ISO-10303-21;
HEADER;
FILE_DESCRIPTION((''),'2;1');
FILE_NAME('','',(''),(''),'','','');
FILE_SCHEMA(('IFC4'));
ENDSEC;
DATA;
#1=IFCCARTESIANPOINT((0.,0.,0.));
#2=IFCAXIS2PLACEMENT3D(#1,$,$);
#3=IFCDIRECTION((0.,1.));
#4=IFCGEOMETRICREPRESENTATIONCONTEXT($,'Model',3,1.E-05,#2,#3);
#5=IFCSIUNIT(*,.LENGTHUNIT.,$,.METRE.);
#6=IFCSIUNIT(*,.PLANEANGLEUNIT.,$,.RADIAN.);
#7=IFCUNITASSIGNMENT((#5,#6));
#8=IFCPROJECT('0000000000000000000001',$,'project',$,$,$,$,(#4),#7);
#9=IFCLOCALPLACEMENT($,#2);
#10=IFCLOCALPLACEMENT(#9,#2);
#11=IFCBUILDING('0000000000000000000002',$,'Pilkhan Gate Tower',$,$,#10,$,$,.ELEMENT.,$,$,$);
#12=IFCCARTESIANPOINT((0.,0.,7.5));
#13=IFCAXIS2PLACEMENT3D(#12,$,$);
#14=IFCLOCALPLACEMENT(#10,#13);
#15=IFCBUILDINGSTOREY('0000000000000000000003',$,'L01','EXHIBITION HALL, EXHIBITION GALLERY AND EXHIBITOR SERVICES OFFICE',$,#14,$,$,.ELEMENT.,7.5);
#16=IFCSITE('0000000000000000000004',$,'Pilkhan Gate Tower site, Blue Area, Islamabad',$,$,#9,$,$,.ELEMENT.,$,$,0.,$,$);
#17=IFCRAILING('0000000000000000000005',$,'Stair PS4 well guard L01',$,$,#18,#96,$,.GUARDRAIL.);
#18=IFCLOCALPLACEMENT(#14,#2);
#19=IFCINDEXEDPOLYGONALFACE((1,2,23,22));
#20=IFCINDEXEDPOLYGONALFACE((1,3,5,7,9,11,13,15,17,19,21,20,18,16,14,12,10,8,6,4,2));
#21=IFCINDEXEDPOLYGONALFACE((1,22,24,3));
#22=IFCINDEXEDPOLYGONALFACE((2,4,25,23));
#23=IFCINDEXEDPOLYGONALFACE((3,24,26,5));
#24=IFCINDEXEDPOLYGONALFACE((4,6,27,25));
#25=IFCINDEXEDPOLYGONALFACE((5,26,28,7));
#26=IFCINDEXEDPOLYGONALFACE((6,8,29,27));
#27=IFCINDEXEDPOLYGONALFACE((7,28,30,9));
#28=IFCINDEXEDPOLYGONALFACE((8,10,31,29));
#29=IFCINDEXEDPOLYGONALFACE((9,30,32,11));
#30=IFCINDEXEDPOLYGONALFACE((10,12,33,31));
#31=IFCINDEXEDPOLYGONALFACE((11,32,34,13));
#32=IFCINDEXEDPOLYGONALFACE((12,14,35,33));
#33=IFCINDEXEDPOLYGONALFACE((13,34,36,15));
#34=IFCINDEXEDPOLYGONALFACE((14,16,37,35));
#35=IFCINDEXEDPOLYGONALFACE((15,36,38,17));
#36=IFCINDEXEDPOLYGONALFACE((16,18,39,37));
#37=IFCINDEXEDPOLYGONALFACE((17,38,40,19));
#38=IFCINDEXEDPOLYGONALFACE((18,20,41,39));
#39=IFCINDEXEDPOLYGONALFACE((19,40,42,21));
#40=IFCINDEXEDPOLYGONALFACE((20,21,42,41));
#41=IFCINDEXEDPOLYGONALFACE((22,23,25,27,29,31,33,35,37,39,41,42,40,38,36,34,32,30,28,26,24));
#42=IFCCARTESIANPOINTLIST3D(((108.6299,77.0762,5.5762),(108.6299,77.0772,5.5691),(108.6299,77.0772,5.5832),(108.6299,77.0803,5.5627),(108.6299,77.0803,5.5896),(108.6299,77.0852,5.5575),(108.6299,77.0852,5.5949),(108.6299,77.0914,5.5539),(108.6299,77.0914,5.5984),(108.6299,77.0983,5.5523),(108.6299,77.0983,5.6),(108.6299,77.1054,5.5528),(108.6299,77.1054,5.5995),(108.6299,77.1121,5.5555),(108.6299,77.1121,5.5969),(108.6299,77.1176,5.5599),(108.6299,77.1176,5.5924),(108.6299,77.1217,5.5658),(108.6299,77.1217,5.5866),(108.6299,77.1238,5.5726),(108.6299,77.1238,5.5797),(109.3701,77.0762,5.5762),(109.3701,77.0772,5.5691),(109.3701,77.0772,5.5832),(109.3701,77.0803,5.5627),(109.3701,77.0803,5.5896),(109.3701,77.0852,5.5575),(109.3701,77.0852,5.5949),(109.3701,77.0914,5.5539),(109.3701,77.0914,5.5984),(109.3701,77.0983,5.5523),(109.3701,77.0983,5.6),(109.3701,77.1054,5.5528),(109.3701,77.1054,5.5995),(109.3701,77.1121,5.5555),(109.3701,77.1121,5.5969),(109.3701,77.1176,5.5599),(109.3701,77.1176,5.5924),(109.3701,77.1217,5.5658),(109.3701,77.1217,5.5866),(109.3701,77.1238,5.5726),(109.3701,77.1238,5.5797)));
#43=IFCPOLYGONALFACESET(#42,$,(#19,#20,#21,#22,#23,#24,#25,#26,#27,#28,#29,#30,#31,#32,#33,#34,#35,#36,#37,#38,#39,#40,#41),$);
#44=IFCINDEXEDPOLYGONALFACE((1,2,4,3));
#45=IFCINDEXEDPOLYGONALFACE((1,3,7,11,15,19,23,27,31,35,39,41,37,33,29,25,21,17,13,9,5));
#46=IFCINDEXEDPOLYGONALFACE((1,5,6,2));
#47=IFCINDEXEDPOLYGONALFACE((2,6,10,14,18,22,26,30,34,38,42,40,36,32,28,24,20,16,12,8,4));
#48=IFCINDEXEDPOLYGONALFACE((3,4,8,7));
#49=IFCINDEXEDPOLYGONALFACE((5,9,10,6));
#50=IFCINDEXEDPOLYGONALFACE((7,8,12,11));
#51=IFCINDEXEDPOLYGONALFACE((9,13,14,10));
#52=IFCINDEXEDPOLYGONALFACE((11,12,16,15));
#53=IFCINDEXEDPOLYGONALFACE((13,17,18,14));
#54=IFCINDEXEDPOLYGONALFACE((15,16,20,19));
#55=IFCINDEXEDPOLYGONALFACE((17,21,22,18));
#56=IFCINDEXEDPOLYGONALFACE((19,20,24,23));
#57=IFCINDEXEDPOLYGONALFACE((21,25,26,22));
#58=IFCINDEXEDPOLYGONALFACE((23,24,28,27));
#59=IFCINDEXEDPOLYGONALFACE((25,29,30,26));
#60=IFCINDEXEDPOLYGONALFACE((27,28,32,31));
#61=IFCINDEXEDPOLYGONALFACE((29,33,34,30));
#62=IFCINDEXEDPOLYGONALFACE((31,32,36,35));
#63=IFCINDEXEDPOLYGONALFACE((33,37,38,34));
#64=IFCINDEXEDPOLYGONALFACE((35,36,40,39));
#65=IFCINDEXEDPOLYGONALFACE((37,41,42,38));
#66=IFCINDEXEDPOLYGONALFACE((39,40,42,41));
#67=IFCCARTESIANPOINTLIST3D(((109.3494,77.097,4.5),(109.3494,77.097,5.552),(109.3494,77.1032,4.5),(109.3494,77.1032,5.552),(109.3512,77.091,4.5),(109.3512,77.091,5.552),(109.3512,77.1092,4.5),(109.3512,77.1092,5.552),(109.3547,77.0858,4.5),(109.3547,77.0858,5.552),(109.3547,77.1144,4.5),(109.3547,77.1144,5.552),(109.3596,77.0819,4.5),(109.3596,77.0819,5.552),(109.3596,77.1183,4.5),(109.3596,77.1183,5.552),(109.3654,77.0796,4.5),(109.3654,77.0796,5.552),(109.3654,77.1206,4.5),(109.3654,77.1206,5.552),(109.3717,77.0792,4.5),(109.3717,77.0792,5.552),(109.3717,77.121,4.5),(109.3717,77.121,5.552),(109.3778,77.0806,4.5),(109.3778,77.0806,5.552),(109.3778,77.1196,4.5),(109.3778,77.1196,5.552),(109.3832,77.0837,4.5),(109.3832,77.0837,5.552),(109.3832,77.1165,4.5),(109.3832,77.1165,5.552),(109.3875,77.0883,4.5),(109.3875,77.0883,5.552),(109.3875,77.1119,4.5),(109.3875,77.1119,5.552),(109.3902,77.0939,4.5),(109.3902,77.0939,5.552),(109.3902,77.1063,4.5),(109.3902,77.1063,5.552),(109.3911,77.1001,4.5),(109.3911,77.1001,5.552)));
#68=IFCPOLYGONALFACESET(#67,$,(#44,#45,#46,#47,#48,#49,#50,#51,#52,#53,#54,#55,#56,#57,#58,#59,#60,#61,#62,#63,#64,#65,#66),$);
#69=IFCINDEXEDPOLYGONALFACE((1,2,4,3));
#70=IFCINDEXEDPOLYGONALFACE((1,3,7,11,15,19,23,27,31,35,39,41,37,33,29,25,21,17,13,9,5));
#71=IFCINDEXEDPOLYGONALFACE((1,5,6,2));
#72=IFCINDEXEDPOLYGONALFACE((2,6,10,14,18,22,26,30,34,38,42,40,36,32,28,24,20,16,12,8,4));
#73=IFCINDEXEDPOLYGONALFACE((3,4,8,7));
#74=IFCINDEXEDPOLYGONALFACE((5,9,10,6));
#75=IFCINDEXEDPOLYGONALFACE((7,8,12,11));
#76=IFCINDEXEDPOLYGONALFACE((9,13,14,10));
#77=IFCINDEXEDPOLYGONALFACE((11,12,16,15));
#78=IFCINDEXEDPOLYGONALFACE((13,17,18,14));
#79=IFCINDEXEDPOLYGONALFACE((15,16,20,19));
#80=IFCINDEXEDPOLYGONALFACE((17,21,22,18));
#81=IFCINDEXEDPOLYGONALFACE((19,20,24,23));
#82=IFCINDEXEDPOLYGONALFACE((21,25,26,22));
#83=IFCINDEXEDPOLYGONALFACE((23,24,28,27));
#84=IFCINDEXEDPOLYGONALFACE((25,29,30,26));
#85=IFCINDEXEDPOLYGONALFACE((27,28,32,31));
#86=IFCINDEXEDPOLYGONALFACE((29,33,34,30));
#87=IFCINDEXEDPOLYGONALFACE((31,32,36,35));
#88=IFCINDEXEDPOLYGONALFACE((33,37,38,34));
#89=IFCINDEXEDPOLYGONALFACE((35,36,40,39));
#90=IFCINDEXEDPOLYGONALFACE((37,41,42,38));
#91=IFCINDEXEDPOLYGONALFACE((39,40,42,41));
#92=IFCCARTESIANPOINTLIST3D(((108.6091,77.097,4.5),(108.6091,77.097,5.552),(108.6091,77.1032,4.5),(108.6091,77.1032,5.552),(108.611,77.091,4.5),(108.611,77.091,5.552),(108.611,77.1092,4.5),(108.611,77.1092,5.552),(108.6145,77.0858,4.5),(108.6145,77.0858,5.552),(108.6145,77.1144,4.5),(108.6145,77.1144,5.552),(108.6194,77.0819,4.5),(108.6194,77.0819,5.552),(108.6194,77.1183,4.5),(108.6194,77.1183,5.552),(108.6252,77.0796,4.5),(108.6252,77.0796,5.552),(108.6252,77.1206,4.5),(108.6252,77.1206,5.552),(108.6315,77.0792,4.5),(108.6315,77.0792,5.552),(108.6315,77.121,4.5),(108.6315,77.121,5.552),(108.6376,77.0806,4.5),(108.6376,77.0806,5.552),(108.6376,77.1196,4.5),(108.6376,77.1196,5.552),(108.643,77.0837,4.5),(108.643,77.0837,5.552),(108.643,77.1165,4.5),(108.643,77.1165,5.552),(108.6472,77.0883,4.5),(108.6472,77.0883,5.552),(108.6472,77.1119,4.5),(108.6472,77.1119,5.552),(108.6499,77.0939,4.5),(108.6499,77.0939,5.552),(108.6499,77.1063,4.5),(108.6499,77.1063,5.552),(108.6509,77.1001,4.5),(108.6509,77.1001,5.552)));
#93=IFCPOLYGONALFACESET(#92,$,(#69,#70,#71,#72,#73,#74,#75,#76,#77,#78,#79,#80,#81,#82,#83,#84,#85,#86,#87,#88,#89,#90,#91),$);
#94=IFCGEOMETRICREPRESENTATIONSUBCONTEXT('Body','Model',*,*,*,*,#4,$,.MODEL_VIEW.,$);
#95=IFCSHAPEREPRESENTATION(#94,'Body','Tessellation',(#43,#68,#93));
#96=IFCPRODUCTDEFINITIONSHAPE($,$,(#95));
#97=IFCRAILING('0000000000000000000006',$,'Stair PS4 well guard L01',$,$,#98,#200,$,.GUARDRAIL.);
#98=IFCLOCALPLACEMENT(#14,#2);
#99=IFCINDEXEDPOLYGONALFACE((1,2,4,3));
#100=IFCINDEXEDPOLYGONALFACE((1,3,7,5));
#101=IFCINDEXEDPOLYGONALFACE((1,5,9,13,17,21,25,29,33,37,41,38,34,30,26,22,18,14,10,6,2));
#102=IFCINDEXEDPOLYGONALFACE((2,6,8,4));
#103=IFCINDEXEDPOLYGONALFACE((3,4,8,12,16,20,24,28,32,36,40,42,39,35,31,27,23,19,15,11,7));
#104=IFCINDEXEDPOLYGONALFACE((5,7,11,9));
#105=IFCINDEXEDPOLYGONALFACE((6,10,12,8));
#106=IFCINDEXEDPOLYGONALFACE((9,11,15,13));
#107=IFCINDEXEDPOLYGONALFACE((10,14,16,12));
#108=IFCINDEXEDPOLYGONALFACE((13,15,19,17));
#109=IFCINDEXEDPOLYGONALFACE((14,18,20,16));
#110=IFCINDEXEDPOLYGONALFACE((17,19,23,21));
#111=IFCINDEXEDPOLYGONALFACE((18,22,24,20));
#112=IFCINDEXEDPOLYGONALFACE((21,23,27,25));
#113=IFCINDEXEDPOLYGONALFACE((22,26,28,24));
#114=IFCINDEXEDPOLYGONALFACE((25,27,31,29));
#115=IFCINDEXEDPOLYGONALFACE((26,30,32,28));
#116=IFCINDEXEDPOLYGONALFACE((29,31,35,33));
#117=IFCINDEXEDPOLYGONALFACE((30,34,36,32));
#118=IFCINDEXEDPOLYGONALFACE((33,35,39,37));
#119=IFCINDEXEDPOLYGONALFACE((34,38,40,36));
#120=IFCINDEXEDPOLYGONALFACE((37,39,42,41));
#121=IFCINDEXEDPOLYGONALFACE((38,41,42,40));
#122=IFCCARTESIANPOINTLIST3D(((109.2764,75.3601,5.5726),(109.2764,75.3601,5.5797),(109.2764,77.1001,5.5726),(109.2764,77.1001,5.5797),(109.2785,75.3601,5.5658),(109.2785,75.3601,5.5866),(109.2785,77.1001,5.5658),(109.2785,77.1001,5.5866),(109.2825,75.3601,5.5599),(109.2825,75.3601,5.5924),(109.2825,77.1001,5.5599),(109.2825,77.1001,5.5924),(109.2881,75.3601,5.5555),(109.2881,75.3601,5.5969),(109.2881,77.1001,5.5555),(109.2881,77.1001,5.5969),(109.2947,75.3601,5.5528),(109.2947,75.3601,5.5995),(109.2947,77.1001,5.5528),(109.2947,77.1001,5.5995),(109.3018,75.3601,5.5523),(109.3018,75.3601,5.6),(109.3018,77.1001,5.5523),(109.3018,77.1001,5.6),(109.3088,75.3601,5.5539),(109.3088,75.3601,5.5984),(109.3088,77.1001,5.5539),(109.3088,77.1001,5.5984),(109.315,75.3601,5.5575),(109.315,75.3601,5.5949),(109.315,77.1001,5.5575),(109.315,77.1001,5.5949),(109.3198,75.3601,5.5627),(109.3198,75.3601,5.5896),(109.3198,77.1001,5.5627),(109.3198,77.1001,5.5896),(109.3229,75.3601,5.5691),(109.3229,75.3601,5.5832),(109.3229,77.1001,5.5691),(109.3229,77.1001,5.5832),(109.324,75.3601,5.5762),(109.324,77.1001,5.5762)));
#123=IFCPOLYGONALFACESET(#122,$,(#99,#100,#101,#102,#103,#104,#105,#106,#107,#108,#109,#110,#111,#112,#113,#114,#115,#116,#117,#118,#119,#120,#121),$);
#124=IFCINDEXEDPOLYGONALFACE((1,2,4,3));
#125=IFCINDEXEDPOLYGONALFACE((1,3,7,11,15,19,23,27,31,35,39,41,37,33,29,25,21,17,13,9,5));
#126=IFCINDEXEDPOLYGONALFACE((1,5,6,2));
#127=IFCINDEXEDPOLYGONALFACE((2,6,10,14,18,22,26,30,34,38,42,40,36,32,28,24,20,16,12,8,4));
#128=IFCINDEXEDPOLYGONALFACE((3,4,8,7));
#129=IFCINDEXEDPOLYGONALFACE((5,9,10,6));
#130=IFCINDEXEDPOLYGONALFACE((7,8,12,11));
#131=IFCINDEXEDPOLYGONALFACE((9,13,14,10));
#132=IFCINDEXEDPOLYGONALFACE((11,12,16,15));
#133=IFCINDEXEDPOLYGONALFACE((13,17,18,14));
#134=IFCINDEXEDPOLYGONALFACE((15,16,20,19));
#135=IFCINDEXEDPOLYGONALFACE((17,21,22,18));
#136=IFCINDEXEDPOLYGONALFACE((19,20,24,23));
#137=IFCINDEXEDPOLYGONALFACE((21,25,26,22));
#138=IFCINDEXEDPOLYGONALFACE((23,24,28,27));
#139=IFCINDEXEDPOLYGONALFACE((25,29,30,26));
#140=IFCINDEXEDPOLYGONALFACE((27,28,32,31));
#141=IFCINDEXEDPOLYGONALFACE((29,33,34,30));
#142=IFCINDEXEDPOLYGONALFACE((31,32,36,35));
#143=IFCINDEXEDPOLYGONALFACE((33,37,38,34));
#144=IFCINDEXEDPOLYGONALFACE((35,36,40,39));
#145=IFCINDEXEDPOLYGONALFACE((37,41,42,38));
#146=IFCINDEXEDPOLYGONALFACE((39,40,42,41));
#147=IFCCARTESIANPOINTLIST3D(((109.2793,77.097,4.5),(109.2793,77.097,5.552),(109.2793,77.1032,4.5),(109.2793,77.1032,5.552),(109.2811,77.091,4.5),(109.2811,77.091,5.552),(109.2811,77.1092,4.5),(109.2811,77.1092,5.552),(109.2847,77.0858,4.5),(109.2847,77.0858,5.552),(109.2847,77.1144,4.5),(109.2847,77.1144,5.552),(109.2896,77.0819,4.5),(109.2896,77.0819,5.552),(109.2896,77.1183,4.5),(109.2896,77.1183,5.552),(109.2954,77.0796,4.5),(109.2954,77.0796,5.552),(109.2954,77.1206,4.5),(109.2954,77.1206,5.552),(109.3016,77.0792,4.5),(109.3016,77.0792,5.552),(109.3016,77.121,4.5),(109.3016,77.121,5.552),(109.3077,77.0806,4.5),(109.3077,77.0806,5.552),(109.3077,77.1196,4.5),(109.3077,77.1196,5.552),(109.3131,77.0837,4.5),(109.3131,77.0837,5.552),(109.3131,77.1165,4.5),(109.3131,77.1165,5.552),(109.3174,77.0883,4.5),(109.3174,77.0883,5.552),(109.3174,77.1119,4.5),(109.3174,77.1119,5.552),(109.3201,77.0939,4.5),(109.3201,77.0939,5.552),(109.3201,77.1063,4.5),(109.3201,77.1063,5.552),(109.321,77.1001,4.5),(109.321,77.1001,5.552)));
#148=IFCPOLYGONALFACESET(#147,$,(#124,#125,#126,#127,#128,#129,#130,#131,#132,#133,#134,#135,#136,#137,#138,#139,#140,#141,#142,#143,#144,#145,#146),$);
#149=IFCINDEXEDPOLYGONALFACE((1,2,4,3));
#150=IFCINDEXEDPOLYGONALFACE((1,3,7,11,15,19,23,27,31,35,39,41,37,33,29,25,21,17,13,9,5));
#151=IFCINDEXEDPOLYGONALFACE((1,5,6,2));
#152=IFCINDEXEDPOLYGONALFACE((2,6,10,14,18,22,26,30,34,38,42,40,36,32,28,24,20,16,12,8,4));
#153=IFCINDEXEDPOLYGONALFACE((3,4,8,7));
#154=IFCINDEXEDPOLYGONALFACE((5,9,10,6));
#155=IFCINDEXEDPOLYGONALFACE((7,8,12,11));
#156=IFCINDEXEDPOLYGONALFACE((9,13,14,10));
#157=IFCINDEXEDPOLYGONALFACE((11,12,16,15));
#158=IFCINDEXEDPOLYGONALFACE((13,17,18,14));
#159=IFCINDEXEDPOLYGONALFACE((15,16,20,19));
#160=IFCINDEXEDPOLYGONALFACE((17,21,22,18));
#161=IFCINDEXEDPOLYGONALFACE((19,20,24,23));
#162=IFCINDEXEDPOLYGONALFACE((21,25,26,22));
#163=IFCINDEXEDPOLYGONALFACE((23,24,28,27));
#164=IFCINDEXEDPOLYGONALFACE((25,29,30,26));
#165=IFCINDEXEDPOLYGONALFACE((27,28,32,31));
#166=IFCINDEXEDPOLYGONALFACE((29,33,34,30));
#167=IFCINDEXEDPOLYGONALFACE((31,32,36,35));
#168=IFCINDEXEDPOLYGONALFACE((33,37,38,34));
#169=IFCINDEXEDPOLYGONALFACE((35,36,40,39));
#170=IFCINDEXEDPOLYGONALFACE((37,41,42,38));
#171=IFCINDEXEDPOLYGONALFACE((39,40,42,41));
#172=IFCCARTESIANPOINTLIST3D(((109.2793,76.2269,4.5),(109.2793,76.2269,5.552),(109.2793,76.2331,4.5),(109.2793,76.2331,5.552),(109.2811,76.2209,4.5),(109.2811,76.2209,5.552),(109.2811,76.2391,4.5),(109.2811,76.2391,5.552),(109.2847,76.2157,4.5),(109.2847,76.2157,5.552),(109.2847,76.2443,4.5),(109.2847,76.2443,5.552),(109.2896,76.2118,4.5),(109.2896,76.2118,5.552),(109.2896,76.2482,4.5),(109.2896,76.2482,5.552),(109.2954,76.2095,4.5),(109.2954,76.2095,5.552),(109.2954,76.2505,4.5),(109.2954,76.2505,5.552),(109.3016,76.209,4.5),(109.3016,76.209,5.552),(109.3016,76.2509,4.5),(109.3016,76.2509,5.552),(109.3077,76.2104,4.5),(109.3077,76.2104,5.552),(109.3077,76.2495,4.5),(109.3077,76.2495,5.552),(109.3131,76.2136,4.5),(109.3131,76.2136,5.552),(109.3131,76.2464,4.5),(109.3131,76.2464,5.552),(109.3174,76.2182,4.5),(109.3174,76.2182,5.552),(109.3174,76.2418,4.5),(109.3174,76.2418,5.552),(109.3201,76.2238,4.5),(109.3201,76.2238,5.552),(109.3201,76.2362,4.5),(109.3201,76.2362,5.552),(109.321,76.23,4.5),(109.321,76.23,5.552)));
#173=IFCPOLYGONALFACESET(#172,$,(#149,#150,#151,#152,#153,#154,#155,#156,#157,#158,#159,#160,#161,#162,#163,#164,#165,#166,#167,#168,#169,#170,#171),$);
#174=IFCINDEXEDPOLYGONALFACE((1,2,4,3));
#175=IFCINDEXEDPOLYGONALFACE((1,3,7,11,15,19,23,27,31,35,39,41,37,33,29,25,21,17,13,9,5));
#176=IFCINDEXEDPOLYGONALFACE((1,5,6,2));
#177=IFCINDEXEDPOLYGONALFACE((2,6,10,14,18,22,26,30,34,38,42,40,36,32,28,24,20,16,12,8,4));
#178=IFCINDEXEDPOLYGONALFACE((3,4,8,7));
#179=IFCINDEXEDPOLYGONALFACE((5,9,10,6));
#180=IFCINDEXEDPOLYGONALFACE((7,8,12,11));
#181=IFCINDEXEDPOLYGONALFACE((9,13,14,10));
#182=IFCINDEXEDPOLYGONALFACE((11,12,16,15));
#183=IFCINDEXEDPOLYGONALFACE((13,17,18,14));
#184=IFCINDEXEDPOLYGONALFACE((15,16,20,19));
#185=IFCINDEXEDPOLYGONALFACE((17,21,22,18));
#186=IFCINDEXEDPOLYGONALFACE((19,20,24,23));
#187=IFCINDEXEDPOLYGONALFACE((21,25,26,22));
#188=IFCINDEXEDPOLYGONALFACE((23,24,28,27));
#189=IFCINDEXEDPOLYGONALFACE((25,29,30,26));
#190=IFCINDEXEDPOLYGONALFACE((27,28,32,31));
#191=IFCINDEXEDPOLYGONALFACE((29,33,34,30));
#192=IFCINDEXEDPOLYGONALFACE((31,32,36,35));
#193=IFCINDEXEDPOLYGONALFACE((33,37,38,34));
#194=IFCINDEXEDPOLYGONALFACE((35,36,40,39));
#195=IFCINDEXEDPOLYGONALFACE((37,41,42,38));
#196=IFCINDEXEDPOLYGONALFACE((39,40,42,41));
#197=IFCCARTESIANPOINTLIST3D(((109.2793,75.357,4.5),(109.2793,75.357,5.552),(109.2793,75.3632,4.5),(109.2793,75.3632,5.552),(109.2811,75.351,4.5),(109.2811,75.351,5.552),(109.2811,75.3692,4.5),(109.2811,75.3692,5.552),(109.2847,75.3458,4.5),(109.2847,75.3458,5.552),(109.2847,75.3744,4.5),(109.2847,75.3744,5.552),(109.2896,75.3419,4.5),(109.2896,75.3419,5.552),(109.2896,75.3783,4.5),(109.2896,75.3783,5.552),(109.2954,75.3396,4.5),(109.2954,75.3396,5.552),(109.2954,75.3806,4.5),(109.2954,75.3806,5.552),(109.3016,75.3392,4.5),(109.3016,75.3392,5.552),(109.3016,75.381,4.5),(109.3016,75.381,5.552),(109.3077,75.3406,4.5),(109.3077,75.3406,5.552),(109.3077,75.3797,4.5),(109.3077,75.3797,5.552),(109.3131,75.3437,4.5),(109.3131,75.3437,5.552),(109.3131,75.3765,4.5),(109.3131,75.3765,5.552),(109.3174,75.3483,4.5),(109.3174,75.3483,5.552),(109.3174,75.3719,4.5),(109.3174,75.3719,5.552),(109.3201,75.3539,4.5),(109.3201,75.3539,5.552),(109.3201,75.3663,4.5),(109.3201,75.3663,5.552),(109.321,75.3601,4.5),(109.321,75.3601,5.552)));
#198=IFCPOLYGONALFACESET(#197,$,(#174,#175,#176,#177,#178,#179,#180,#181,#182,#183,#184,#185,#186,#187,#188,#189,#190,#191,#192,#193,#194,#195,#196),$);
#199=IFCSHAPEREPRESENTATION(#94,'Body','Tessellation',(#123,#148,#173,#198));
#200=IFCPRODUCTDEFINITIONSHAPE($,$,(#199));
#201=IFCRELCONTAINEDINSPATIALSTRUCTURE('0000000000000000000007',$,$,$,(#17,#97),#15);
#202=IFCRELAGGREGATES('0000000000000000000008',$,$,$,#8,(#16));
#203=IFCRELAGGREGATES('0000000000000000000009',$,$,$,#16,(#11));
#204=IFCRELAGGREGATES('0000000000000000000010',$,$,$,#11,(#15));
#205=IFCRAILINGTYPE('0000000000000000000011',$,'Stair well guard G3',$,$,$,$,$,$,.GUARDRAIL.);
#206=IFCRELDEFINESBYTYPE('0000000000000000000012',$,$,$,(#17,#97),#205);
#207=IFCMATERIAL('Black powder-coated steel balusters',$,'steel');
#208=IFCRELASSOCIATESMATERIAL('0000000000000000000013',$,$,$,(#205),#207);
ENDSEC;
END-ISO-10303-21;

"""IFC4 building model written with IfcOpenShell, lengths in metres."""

from ifc_helpers import new_model, si_unit, direction, frame, origin, origin_2d, place, context, subcontext, project, spatial, circle, extrude, material, type_object, element, save


model = new_model("IFC4")

# Units and contexts
model_context = context("Model", 3, precision=1e-05, world=origin(), true_north=direction((0.0, 1.0)))
body_context = subcontext(model_context, "Body", "Model", "MODEL_VIEW")
ifc_project = project(units=[si_unit("LENGTHUNIT", "METRE"), si_unit("PLANEANGLEUNIT", "RADIAN")], contexts=[model_context])

# Site, building, storey
site_placement = place(None, origin())
site = spatial("IfcSite", under=ifc_project, at=site_placement, Name="Pilkhan Gate Tower site, Blue Area, Islamabad", CompositionType="ELEMENT", RefElevation=0.0)
building_placement = place(site_placement, origin())
building = spatial("IfcBuilding", under=site, at=building_placement, Name="Pilkhan Gate Tower", CompositionType="ELEMENT")
storey_placement = place(building_placement, frame((0.0, 0.0, 7.5)))
storey = spatial("IfcBuildingStorey", under=building, at=storey_placement, Name="L01", Description="EXHIBITION HALL, EXHIBITION GALLERY AND EXHIBITOR SERVICES OFFICE", CompositionType="ELEMENT", Elevation=7.5)

# Railings
ifc_material_1 = material(Name="Black powder-coated steel balusters", Category="steel")
railing_type_1 = type_object("IfcRailingType", Name="Stair well guard G3", PredefinedType="GUARDRAIL", material=ifc_material_1)
railing_1_placement = place(storey_placement, frame((109.3701, 77.1001, 4.5)))
element("IfcRailing", 1, at=railing_1_placement, inside=storey, type_object=railing_type_1, Name="Stair PS4 well guard L01", PredefinedType="GUARDRAIL", context=body_context, shape_type="SweptSolid", body=[
    extrude(circle(Radius=0.0239, at=origin_2d()), frame((0.0, 0.0, 1.0762), z_axis=(-1.0, 0.0, 0.0), x_axis=(0.0, -1.0, 0.0)), (0.0, 0.0, 1.0), 0.7402),
    extrude(circle(Radius=0.021, at=origin_2d()), origin(), (0.0, 0.0, 1.0), 1.052),
    extrude(circle(Radius=0.021, at=origin_2d()), frame((-0.7402, 0.0, 0.0)), (0.0, 0.0, 1.0), 1.052),
])
railing_2_placement = place(storey_placement, frame((109.3, 77.1001, 4.5)))
element("IfcRailing", 2, at=railing_2_placement, inside=storey, type_object=railing_type_1, Name="Stair PS4 well guard L01", PredefinedType="GUARDRAIL", context=body_context, shape_type="SweptSolid", body=[
    extrude(circle(Radius=0.0239, at=origin_2d()), frame((0.0, 0.0, 1.0762), z_axis=(0.0, -1.0, 0.0), x_axis=(1.0, 0.0, 0.0)), (0.0, 0.0, 1.0), 1.74),
    extrude(circle(Radius=0.021, at=origin_2d()), origin(), (0.0, 0.0, 1.0), 1.052),
    extrude(circle(Radius=0.021, at=origin_2d()), frame((0.0, -0.8701, 0.0)), (0.0, 0.0, 1.0), 1.052),
    extrude(circle(Radius=0.021, at=origin_2d()), frame((0.0, -1.74, 0.0)), (0.0, 0.0, 1.0), 1.052),
])

save(model, "model.ifc")
